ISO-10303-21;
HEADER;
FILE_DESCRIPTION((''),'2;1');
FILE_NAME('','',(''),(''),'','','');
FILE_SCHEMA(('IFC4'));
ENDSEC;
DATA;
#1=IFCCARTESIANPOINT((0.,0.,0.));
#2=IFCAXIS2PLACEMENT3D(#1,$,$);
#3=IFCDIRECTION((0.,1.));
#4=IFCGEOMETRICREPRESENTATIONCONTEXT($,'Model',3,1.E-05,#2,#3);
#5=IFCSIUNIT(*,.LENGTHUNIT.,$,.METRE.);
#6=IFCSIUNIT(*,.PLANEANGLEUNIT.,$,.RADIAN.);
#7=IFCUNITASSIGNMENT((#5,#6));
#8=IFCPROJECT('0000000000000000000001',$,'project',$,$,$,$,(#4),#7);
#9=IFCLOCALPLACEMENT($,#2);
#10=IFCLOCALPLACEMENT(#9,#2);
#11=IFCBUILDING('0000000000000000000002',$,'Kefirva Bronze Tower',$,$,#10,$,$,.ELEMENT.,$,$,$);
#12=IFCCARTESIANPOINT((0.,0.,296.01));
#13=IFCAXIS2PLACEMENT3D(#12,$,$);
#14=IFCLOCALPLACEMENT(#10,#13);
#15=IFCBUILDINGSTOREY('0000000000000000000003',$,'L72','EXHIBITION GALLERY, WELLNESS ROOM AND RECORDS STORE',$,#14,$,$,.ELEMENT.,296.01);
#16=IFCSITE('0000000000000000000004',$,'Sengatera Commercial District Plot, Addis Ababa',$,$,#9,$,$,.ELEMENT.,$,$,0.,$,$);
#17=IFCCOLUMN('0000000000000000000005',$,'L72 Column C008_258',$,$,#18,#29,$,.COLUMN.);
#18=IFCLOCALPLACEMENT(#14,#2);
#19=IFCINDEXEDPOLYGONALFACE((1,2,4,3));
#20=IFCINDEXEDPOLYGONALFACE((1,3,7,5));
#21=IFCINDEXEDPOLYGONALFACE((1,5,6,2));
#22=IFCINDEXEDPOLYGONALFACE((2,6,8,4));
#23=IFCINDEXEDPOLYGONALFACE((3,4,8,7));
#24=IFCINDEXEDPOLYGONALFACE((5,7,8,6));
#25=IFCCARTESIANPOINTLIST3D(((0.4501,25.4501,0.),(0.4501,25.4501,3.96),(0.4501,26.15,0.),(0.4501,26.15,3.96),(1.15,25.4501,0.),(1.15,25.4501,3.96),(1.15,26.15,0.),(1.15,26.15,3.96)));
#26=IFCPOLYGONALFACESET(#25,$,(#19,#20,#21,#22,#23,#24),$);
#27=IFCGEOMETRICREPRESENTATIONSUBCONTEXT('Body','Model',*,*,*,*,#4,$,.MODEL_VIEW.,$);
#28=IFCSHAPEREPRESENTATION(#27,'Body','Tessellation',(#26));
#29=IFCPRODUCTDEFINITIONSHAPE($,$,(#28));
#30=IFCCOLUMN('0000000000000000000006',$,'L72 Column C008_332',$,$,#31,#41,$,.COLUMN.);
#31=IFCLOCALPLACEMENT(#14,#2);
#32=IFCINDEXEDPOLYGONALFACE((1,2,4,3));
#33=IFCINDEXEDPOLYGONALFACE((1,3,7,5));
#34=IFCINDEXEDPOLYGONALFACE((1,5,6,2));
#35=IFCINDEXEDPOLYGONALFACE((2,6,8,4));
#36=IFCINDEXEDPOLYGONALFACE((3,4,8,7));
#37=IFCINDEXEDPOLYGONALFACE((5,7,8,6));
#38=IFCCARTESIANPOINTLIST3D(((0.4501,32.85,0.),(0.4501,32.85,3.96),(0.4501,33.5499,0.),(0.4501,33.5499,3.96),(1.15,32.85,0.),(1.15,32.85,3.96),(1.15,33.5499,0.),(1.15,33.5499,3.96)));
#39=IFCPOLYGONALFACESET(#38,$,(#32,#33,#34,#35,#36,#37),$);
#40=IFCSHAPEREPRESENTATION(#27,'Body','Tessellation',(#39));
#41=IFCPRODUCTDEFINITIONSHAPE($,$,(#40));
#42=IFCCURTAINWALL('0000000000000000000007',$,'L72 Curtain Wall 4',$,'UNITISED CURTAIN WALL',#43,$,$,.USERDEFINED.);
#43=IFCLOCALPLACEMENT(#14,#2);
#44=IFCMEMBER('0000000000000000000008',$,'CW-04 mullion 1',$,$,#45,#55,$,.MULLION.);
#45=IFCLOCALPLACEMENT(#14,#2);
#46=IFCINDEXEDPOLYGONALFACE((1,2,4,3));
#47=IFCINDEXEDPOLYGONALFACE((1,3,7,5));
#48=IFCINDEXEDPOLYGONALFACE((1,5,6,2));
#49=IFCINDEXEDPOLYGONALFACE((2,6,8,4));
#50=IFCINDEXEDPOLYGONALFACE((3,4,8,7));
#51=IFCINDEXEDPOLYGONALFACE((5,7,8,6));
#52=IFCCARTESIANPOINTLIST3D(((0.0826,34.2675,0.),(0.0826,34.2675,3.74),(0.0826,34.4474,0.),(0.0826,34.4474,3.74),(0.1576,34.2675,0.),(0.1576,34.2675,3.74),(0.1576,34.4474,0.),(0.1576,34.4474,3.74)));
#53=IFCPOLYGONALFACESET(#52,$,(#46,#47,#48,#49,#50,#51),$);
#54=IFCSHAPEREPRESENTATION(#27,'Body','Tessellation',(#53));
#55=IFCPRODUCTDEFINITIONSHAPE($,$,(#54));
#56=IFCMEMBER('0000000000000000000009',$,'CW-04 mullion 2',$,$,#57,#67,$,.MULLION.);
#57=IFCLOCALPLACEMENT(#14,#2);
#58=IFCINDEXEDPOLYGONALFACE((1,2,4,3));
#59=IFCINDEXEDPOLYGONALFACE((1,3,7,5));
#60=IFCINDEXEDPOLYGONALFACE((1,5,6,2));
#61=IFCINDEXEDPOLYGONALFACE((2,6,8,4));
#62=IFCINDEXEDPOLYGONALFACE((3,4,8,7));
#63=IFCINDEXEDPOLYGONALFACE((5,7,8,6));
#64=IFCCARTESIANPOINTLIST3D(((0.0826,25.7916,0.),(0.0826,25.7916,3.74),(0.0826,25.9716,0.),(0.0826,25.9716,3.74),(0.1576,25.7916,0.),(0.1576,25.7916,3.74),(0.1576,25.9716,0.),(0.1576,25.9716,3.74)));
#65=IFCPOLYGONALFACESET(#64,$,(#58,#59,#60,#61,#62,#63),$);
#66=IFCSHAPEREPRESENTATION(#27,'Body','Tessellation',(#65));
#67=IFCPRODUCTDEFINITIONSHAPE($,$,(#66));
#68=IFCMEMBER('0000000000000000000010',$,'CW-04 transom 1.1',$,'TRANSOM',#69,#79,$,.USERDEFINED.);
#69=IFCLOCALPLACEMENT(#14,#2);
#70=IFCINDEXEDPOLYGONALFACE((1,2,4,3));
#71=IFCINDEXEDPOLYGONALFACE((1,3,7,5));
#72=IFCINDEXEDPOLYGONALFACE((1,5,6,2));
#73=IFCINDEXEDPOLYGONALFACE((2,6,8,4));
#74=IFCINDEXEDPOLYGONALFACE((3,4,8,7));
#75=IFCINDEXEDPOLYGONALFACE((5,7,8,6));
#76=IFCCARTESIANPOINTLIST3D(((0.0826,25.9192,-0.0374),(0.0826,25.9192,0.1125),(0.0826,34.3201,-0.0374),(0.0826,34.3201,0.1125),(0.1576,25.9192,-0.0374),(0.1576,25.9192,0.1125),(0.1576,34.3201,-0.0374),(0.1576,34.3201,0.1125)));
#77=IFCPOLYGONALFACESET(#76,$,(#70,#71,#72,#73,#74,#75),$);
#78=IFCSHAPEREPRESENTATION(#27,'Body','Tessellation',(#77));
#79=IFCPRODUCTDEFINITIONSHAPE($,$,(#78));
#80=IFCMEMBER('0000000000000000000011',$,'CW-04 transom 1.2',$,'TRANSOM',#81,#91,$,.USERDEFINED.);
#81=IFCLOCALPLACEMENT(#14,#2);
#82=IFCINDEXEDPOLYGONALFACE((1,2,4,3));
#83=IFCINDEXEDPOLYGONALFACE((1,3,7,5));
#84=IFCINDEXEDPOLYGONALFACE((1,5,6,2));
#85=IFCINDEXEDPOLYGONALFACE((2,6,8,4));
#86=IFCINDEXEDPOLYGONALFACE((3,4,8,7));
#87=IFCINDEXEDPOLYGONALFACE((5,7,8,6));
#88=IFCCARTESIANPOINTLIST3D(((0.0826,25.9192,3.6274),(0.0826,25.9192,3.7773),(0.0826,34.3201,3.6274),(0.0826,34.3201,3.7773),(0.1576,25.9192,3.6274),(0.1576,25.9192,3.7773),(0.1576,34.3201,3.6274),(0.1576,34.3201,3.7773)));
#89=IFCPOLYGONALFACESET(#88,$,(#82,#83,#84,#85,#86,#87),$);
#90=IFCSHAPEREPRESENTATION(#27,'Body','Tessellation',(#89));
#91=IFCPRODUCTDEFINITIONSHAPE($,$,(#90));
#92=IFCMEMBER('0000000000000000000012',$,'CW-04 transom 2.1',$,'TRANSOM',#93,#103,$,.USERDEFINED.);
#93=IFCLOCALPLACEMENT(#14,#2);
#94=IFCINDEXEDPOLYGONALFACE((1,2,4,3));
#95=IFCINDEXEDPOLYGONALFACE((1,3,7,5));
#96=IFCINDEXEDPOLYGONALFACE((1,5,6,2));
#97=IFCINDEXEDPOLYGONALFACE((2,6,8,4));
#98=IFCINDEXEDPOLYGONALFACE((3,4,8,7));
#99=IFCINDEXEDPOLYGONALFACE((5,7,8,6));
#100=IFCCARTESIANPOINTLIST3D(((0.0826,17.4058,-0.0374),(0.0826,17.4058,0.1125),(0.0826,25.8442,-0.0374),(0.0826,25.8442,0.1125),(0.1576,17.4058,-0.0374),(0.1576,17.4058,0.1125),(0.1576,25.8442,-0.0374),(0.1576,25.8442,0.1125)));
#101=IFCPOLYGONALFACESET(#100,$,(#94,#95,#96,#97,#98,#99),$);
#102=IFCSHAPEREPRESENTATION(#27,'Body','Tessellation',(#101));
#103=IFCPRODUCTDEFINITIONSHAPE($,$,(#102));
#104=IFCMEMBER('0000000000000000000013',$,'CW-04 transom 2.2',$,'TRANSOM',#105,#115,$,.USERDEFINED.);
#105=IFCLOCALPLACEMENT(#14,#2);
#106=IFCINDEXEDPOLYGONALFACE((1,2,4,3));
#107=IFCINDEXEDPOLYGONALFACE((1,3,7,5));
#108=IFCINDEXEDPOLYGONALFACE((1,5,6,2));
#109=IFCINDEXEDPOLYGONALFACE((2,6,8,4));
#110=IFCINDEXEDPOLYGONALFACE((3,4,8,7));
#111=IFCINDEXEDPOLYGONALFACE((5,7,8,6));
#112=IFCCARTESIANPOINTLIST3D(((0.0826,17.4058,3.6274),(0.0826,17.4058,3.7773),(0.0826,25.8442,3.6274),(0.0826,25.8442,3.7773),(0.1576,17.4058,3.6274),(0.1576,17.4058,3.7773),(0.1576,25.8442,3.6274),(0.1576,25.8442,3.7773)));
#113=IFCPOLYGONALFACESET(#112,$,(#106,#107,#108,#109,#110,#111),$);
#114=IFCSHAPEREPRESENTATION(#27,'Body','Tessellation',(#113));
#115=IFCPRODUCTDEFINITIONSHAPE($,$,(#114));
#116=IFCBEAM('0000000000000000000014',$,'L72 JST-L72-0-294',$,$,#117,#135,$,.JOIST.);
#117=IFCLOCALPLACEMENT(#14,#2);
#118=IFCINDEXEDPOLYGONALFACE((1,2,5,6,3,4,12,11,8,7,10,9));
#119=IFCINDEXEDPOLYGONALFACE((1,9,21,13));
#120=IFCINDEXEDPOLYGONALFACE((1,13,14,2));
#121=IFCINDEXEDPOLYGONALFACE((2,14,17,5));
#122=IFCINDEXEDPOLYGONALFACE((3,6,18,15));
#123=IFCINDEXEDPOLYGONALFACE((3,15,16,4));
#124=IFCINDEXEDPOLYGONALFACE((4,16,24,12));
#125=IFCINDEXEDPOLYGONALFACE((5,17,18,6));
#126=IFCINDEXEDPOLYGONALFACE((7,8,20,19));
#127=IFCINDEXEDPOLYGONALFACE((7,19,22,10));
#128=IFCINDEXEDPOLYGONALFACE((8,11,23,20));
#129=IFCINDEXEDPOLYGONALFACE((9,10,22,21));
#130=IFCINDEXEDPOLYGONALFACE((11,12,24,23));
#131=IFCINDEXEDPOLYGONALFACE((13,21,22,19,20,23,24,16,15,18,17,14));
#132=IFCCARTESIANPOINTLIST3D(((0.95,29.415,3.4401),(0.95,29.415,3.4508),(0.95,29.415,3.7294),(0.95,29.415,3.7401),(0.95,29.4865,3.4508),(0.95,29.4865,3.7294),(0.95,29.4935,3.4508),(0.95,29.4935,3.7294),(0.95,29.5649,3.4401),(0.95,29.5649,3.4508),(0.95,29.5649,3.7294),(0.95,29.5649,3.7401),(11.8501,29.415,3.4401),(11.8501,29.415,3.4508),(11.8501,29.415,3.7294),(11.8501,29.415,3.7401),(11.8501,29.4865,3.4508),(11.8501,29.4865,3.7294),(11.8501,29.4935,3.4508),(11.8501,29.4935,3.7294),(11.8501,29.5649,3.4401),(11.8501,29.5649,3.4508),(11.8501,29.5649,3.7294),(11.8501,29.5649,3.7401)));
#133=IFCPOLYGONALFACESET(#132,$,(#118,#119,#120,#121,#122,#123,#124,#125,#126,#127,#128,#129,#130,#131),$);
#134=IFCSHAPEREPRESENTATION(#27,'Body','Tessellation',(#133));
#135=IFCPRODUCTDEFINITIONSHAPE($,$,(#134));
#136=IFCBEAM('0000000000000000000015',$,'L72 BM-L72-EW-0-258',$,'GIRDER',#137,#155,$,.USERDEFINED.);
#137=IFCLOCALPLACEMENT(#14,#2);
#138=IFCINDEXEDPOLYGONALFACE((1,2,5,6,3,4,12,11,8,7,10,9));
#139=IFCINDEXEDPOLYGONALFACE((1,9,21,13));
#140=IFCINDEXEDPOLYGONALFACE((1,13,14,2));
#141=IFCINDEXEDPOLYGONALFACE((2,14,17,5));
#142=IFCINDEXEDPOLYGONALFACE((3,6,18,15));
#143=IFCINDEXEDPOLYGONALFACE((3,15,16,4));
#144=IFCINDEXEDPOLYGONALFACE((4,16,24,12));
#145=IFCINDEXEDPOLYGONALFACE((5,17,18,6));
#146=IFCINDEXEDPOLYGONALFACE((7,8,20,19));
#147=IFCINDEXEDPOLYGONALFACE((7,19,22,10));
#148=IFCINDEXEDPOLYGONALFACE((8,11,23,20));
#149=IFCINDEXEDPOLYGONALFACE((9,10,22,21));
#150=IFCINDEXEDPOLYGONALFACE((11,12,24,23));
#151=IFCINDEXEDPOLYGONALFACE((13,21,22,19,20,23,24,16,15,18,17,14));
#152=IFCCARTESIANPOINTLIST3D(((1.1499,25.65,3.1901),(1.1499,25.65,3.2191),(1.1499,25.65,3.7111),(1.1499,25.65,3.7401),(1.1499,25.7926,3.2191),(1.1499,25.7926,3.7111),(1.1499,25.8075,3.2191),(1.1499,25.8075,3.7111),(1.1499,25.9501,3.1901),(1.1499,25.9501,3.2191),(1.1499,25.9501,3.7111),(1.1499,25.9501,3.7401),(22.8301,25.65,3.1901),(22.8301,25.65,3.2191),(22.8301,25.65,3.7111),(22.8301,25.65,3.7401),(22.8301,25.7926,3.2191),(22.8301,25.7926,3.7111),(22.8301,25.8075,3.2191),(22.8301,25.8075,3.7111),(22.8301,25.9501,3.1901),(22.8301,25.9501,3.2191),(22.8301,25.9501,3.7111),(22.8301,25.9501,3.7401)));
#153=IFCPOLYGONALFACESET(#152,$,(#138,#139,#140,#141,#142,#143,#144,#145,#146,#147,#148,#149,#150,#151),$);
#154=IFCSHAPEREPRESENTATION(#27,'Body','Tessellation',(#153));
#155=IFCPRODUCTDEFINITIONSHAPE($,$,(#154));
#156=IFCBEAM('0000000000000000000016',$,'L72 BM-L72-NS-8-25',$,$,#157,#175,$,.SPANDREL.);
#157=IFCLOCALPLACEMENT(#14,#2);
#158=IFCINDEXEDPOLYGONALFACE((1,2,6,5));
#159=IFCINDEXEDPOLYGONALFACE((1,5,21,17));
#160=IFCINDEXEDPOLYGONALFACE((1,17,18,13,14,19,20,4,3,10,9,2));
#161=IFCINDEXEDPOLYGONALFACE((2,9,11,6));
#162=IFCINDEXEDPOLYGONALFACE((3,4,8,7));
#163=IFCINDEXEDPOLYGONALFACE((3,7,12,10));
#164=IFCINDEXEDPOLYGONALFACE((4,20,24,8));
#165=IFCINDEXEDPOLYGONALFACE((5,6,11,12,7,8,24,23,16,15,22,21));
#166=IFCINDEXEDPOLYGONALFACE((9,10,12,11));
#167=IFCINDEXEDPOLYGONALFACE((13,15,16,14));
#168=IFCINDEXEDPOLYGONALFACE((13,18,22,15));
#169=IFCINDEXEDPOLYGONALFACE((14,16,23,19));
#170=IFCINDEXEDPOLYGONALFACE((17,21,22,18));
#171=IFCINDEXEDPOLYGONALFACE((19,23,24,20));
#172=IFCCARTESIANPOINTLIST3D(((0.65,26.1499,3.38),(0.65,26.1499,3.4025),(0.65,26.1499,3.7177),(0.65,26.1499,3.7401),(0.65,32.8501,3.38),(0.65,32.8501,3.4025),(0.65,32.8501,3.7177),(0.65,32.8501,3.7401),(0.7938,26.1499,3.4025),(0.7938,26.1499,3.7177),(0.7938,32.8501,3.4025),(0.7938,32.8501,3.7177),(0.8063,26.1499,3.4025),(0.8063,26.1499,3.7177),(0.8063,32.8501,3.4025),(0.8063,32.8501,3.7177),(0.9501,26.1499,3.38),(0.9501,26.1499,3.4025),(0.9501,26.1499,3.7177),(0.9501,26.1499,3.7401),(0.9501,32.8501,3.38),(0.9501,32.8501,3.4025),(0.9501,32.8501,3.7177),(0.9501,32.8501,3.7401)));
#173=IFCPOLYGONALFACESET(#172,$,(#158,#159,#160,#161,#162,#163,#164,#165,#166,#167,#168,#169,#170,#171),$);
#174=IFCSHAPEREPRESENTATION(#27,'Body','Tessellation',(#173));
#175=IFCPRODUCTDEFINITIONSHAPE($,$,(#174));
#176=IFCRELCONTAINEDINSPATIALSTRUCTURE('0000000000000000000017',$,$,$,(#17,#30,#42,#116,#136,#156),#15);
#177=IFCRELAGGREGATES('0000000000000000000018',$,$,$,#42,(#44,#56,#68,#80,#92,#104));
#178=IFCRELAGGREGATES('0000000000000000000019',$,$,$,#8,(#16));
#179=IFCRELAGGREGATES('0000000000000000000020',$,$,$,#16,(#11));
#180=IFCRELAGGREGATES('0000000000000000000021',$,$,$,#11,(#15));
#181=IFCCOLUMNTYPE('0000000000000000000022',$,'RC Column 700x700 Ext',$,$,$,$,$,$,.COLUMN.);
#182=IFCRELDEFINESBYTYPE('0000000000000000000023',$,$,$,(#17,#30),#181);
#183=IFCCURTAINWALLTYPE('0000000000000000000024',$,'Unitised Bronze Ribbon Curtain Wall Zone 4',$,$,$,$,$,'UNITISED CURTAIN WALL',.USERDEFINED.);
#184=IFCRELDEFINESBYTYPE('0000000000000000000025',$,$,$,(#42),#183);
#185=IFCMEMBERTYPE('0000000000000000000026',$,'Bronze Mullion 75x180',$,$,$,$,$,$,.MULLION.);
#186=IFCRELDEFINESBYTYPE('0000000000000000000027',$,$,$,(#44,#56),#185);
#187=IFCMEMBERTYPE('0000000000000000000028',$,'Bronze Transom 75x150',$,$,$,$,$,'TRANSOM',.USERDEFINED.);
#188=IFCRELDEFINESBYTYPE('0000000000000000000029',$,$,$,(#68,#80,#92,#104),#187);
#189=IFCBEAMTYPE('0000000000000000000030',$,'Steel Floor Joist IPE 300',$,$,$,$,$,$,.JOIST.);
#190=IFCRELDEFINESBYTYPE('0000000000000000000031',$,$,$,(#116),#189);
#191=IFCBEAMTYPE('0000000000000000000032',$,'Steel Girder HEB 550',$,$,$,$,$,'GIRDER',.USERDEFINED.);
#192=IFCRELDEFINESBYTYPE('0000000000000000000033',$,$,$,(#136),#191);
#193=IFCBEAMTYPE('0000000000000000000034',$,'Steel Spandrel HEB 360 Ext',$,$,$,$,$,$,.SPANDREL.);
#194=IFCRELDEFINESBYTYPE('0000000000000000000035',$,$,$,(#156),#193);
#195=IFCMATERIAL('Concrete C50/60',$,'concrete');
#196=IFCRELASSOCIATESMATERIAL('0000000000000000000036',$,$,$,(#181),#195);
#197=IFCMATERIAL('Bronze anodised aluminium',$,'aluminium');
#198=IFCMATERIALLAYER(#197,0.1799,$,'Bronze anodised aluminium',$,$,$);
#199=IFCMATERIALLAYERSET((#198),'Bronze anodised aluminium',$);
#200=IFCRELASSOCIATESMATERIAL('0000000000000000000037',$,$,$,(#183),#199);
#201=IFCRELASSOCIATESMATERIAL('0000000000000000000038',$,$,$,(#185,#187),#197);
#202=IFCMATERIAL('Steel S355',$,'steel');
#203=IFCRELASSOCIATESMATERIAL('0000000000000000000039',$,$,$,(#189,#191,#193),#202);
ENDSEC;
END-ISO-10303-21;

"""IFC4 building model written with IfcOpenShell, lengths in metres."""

from ifc_helpers import new_model, si_unit, direction, frame, origin, origin_2d, place, context, subcontext, project, spatial, rectangle, i_section, extrude, material, layer, layer_set, material_profile, profile_set, type_object, element, aggregate, save


model = new_model("IFC4")

# Units and contexts
model_context = context("Model", 3, precision=1e-05, world=origin(), true_north=direction((0.0, 1.0)))
body_context = subcontext(model_context, "Body", "Model", "MODEL_VIEW")
ifc_project = project(units=[si_unit("LENGTHUNIT", "METRE"), si_unit("PLANEANGLEUNIT", "RADIAN")], contexts=[model_context])

# Site, building, storey
site_placement = place(None, origin())
site = spatial("IfcSite", under=ifc_project, at=site_placement, Name="Sengatera Commercial District Plot, Addis Ababa", CompositionType="ELEMENT", RefElevation=0.0)
building_placement = place(site_placement, origin())
building = spatial("IfcBuilding", under=site, at=building_placement, Name="Kefirva Bronze Tower", CompositionType="ELEMENT")
storey_placement = place(building_placement, frame((0.0, 0.0, 296.01)))
storey = spatial("IfcBuildingStorey", under=building, at=storey_placement, Name="L72", Description="EXHIBITION GALLERY, WELLNESS ROOM AND RECORDS STORE", CompositionType="ELEMENT", Elevation=296.01)

# Columns
ifc_material_1 = material(Name="Concrete C50/60", Category="concrete")
ifc_material_profile_1 = material_profile(ifc_material_1, rectangle(XDim=0.7, YDim=0.7, at=origin_2d()), Name="RC 700x700")
ifc_profile_set_1 = profile_set([ifc_material_profile_1], Name="Concrete C50/60")
column_type = type_object("IfcColumnType", Name="RC Column 700x700 Ext", PredefinedType="COLUMN", material=ifc_profile_set_1)
for number, where, z_axis, x_axis, name in (
    (1, (0.8, 25.8, 0.0), (0.0, 0.0, 1.0), (1.0, 0.0, 0.0), "L72 Column C008_258"),
    (2, (0.8, 33.2, 0.0), (0.0, 0.0, 1.0), (1.0, 0.0, 0.0), "L72 Column C008_332"),
):
    element("IfcColumn", number, at=place(storey_placement, frame(where, z_axis=z_axis, x_axis=x_axis)), inside=storey, type_object=column_type, Name=name, PredefinedType="COLUMN", context=body_context, shape_type="SweptSolid", body=[
        extrude(rectangle(XDim=0.7, YDim=0.7, at=origin_2d()), origin(), (0.0, 0.0, 1.0), 3.96),
    ])

# Curtain wall, members
ifc_material_2 = material(Name="Bronze anodised aluminium", Category="aluminium")
ifc_layer_1 = layer(ifc_material_2, 0.1799, Name="Bronze anodised aluminium")
ifc_layer_set_1 = layer_set([ifc_layer_1], Name="Bronze anodised aluminium")
curtain_wall_type = type_object("IfcCurtainWallType", Name="Unitised Bronze Ribbon Curtain Wall Zone 4", ElementType="UNITISED CURTAIN WALL", PredefinedType="USERDEFINED", material=ifc_layer_set_1)
curtain_wall_placement = place(storey_placement, origin())
curtain_wall = element("IfcCurtainWall", 3, at=curtain_wall_placement, inside=storey, type_object=curtain_wall_type, Name="L72 Curtain Wall 4", ObjectType="UNITISED CURTAIN WALL", PredefinedType="USERDEFINED")
ifc_material_profile_2 = material_profile(ifc_material_2, rectangle(XDim=0.075, YDim=0.1799, at=origin_2d()), Name="ALU 75x180")
ifc_profile_set_2 = profile_set([ifc_material_profile_2], Name="Bronze anodised aluminium")
member_type_1 = type_object("IfcMemberType", Name="Bronze Mullion 75x180", PredefinedType="MULLION", material=ifc_profile_set_2)
member_1_placement = place(storey_placement, frame((0.1201, 34.3574, 0.0), z_axis=(0.0, 0.0, 1.0), x_axis=(1.0, 0.0, 0.0)))
member_1 = element("IfcMember", 4, at=member_1_placement, type_object=member_type_1, Name="CW-04 mullion 1", PredefinedType="MULLION", context=body_context, shape_type="SweptSolid", body=[
    extrude(rectangle(XDim=0.075, YDim=0.1799, at=origin_2d()), origin(), (0.0, 0.0, 1.0), 3.74),
])
member_2_placement = place(storey_placement, frame((0.1201, 25.8816, 0.0), z_axis=(0.0, 0.0, 1.0), x_axis=(1.0, 0.0, 0.0)))
member_2 = element("IfcMember", 5, at=member_2_placement, type_object=member_type_1, Name="CW-04 mullion 2", PredefinedType="MULLION", context=body_context, shape_type="SweptSolid", body=[
    extrude(rectangle(XDim=0.075, YDim=0.1799, at=origin_2d()), origin(), (0.0, 0.0, 1.0), 3.74),
])
ifc_material_profile_3 = material_profile(ifc_material_2, rectangle(XDim=0.075, YDim=0.1499, at=origin_2d()), Name="ALU 75x150")
ifc_profile_set_3 = profile_set([ifc_material_profile_3], Name="Bronze anodised aluminium")
member_type_2 = type_object("IfcMemberType", Name="Bronze Transom 75x150", ElementType="TRANSOM", PredefinedType="USERDEFINED", material=ifc_profile_set_3)
member_3_placement = place(storey_placement, frame((0.1201, 34.3201, 0.0376), z_axis=(0.0, -1.0, 0.0), x_axis=(1.0, 0.0, 0.0)))
member_3 = element("IfcMember", 6, at=member_3_placement, type_object=member_type_2, Name="CW-04 transom 1.1", ObjectType="TRANSOM", PredefinedType="USERDEFINED", context=body_context, shape_type="SweptSolid", body=[
    extrude(rectangle(XDim=0.075, YDim=0.1499, at=origin_2d()), origin(), (0.0, 0.0, 1.0), 8.4009),
])
member_4_placement = place(storey_placement, frame((0.1201, 34.3201, 3.7024), z_axis=(0.0, -1.0, 0.0), x_axis=(1.0, 0.0, 0.0)))
member_4 = element("IfcMember", 7, at=member_4_placement, type_object=member_type_2, Name="CW-04 transom 1.2", ObjectType="TRANSOM", PredefinedType="USERDEFINED", context=body_context, shape_type="SweptSolid", body=[
    extrude(rectangle(XDim=0.075, YDim=0.1499, at=origin_2d()), origin(), (0.0, 0.0, 1.0), 8.4009),
])
member_5_placement = place(storey_placement, frame((0.1201, 25.8442, 0.0376), z_axis=(0.0, -1.0, 0.0), x_axis=(1.0, 0.0, 0.0)))
member_5 = element("IfcMember", 8, at=member_5_placement, type_object=member_type_2, Name="CW-04 transom 2.1", ObjectType="TRANSOM", PredefinedType="USERDEFINED", context=body_context, shape_type="SweptSolid", body=[
    extrude(rectangle(XDim=0.075, YDim=0.1499, at=origin_2d()), origin(), (0.0, 0.0, 1.0), 8.4385),
])
member_6_placement = place(storey_placement, frame((0.1201, 25.8442, 3.7024), z_axis=(0.0, -1.0, 0.0), x_axis=(1.0, 0.0, 0.0)))
member_6 = element("IfcMember", 9, at=member_6_placement, type_object=member_type_2, Name="CW-04 transom 2.2", ObjectType="TRANSOM", PredefinedType="USERDEFINED", context=body_context, shape_type="SweptSolid", body=[
    extrude(rectangle(XDim=0.075, YDim=0.1499, at=origin_2d()), origin(), (0.0, 0.0, 1.0), 8.4385),
])

# Beams
ifc_material_3 = material(Name="Steel S355", Category="steel")
ifc_material_profile_4 = material_profile(ifc_material_3, i_section(OverallWidth=0.1499, OverallDepth=0.3, WebThickness=0.0071, FlangeThickness=0.0107, at=origin_2d()), Name="IPE 300")
ifc_profile_set_4 = profile_set([ifc_material_profile_4], Name="Steel S355")
beam_type_1 = type_object("IfcBeamType", Name="Steel Floor Joist IPE 300", PredefinedType="JOIST", material=ifc_profile_set_4)
beam_1_placement = place(storey_placement, frame((0.95, 29.49, 3.5901), z_axis=(1.0, 0.0, 0.0), x_axis=(0.0, 1.0, 0.0)))
element("IfcBeam", 10, at=beam_1_placement, inside=storey, type_object=beam_type_1, Name="L72 JST-L72-0-294", PredefinedType="JOIST", context=body_context, shape_type="SweptSolid", body=[
    extrude(i_section(OverallWidth=0.1499, OverallDepth=0.3, WebThickness=0.0071, FlangeThickness=0.0107, at=origin_2d()), origin(), (0.0, 0.0, 1.0), 10.9001),
])
ifc_material_profile_5 = material_profile(ifc_material_3, i_section(OverallWidth=0.3, OverallDepth=0.55, WebThickness=0.0149, FlangeThickness=0.0291, at=origin_2d()), Name="HEB 550")
ifc_profile_set_5 = profile_set([ifc_material_profile_5], Name="Steel S355")
beam_type_2 = type_object("IfcBeamType", Name="Steel Girder HEB 550", ElementType="GIRDER", PredefinedType="USERDEFINED", material=ifc_profile_set_5)
beam_2_placement = place(storey_placement, frame((1.1499, 25.8, 3.4651), z_axis=(1.0, 0.0, 0.0), x_axis=(0.0, 1.0, 0.0)))
element("IfcBeam", 11, at=beam_2_placement, inside=storey, type_object=beam_type_2, Name="L72 BM-L72-EW-0-258", ObjectType="GIRDER", PredefinedType="USERDEFINED", context=body_context, shape_type="SweptSolid", body=[
    extrude(i_section(OverallWidth=0.3, OverallDepth=0.55, WebThickness=0.0149, FlangeThickness=0.0291, at=origin_2d()), origin(), (0.0, 0.0, 1.0), 21.6802),
])
ifc_material_profile_6 = material_profile(ifc_material_3, i_section(OverallWidth=0.3, OverallDepth=0.3601, WebThickness=0.0125, FlangeThickness=0.0225, at=origin_2d()), Name="HEB 360")
ifc_profile_set_6 = profile_set([ifc_material_profile_6], Name="Steel S355")
beam_type_3 = type_object("IfcBeamType", Name="Steel Spandrel HEB 360 Ext", PredefinedType="SPANDREL", material=ifc_profile_set_6)
beam_3_placement = place(storey_placement, frame((0.8, 26.1499, 3.5601), z_axis=(0.0, 1.0, 0.0), x_axis=(-1.0, 0.0, 0.0)))
element("IfcBeam", 12, at=beam_3_placement, inside=storey, type_object=beam_type_3, Name="L72 BM-L72-NS-8-25", PredefinedType="SPANDREL", context=body_context, shape_type="SweptSolid", body=[
    extrude(i_section(OverallWidth=0.3, OverallDepth=0.3601, WebThickness=0.0125, FlangeThickness=0.0225, at=origin_2d()), origin(), (0.0, 0.0, 1.0), 6.7002),
])

aggregate(curtain_wall, [member_1, member_2, member_3, member_4, member_5, member_6])

save(model, "model.ifc")
